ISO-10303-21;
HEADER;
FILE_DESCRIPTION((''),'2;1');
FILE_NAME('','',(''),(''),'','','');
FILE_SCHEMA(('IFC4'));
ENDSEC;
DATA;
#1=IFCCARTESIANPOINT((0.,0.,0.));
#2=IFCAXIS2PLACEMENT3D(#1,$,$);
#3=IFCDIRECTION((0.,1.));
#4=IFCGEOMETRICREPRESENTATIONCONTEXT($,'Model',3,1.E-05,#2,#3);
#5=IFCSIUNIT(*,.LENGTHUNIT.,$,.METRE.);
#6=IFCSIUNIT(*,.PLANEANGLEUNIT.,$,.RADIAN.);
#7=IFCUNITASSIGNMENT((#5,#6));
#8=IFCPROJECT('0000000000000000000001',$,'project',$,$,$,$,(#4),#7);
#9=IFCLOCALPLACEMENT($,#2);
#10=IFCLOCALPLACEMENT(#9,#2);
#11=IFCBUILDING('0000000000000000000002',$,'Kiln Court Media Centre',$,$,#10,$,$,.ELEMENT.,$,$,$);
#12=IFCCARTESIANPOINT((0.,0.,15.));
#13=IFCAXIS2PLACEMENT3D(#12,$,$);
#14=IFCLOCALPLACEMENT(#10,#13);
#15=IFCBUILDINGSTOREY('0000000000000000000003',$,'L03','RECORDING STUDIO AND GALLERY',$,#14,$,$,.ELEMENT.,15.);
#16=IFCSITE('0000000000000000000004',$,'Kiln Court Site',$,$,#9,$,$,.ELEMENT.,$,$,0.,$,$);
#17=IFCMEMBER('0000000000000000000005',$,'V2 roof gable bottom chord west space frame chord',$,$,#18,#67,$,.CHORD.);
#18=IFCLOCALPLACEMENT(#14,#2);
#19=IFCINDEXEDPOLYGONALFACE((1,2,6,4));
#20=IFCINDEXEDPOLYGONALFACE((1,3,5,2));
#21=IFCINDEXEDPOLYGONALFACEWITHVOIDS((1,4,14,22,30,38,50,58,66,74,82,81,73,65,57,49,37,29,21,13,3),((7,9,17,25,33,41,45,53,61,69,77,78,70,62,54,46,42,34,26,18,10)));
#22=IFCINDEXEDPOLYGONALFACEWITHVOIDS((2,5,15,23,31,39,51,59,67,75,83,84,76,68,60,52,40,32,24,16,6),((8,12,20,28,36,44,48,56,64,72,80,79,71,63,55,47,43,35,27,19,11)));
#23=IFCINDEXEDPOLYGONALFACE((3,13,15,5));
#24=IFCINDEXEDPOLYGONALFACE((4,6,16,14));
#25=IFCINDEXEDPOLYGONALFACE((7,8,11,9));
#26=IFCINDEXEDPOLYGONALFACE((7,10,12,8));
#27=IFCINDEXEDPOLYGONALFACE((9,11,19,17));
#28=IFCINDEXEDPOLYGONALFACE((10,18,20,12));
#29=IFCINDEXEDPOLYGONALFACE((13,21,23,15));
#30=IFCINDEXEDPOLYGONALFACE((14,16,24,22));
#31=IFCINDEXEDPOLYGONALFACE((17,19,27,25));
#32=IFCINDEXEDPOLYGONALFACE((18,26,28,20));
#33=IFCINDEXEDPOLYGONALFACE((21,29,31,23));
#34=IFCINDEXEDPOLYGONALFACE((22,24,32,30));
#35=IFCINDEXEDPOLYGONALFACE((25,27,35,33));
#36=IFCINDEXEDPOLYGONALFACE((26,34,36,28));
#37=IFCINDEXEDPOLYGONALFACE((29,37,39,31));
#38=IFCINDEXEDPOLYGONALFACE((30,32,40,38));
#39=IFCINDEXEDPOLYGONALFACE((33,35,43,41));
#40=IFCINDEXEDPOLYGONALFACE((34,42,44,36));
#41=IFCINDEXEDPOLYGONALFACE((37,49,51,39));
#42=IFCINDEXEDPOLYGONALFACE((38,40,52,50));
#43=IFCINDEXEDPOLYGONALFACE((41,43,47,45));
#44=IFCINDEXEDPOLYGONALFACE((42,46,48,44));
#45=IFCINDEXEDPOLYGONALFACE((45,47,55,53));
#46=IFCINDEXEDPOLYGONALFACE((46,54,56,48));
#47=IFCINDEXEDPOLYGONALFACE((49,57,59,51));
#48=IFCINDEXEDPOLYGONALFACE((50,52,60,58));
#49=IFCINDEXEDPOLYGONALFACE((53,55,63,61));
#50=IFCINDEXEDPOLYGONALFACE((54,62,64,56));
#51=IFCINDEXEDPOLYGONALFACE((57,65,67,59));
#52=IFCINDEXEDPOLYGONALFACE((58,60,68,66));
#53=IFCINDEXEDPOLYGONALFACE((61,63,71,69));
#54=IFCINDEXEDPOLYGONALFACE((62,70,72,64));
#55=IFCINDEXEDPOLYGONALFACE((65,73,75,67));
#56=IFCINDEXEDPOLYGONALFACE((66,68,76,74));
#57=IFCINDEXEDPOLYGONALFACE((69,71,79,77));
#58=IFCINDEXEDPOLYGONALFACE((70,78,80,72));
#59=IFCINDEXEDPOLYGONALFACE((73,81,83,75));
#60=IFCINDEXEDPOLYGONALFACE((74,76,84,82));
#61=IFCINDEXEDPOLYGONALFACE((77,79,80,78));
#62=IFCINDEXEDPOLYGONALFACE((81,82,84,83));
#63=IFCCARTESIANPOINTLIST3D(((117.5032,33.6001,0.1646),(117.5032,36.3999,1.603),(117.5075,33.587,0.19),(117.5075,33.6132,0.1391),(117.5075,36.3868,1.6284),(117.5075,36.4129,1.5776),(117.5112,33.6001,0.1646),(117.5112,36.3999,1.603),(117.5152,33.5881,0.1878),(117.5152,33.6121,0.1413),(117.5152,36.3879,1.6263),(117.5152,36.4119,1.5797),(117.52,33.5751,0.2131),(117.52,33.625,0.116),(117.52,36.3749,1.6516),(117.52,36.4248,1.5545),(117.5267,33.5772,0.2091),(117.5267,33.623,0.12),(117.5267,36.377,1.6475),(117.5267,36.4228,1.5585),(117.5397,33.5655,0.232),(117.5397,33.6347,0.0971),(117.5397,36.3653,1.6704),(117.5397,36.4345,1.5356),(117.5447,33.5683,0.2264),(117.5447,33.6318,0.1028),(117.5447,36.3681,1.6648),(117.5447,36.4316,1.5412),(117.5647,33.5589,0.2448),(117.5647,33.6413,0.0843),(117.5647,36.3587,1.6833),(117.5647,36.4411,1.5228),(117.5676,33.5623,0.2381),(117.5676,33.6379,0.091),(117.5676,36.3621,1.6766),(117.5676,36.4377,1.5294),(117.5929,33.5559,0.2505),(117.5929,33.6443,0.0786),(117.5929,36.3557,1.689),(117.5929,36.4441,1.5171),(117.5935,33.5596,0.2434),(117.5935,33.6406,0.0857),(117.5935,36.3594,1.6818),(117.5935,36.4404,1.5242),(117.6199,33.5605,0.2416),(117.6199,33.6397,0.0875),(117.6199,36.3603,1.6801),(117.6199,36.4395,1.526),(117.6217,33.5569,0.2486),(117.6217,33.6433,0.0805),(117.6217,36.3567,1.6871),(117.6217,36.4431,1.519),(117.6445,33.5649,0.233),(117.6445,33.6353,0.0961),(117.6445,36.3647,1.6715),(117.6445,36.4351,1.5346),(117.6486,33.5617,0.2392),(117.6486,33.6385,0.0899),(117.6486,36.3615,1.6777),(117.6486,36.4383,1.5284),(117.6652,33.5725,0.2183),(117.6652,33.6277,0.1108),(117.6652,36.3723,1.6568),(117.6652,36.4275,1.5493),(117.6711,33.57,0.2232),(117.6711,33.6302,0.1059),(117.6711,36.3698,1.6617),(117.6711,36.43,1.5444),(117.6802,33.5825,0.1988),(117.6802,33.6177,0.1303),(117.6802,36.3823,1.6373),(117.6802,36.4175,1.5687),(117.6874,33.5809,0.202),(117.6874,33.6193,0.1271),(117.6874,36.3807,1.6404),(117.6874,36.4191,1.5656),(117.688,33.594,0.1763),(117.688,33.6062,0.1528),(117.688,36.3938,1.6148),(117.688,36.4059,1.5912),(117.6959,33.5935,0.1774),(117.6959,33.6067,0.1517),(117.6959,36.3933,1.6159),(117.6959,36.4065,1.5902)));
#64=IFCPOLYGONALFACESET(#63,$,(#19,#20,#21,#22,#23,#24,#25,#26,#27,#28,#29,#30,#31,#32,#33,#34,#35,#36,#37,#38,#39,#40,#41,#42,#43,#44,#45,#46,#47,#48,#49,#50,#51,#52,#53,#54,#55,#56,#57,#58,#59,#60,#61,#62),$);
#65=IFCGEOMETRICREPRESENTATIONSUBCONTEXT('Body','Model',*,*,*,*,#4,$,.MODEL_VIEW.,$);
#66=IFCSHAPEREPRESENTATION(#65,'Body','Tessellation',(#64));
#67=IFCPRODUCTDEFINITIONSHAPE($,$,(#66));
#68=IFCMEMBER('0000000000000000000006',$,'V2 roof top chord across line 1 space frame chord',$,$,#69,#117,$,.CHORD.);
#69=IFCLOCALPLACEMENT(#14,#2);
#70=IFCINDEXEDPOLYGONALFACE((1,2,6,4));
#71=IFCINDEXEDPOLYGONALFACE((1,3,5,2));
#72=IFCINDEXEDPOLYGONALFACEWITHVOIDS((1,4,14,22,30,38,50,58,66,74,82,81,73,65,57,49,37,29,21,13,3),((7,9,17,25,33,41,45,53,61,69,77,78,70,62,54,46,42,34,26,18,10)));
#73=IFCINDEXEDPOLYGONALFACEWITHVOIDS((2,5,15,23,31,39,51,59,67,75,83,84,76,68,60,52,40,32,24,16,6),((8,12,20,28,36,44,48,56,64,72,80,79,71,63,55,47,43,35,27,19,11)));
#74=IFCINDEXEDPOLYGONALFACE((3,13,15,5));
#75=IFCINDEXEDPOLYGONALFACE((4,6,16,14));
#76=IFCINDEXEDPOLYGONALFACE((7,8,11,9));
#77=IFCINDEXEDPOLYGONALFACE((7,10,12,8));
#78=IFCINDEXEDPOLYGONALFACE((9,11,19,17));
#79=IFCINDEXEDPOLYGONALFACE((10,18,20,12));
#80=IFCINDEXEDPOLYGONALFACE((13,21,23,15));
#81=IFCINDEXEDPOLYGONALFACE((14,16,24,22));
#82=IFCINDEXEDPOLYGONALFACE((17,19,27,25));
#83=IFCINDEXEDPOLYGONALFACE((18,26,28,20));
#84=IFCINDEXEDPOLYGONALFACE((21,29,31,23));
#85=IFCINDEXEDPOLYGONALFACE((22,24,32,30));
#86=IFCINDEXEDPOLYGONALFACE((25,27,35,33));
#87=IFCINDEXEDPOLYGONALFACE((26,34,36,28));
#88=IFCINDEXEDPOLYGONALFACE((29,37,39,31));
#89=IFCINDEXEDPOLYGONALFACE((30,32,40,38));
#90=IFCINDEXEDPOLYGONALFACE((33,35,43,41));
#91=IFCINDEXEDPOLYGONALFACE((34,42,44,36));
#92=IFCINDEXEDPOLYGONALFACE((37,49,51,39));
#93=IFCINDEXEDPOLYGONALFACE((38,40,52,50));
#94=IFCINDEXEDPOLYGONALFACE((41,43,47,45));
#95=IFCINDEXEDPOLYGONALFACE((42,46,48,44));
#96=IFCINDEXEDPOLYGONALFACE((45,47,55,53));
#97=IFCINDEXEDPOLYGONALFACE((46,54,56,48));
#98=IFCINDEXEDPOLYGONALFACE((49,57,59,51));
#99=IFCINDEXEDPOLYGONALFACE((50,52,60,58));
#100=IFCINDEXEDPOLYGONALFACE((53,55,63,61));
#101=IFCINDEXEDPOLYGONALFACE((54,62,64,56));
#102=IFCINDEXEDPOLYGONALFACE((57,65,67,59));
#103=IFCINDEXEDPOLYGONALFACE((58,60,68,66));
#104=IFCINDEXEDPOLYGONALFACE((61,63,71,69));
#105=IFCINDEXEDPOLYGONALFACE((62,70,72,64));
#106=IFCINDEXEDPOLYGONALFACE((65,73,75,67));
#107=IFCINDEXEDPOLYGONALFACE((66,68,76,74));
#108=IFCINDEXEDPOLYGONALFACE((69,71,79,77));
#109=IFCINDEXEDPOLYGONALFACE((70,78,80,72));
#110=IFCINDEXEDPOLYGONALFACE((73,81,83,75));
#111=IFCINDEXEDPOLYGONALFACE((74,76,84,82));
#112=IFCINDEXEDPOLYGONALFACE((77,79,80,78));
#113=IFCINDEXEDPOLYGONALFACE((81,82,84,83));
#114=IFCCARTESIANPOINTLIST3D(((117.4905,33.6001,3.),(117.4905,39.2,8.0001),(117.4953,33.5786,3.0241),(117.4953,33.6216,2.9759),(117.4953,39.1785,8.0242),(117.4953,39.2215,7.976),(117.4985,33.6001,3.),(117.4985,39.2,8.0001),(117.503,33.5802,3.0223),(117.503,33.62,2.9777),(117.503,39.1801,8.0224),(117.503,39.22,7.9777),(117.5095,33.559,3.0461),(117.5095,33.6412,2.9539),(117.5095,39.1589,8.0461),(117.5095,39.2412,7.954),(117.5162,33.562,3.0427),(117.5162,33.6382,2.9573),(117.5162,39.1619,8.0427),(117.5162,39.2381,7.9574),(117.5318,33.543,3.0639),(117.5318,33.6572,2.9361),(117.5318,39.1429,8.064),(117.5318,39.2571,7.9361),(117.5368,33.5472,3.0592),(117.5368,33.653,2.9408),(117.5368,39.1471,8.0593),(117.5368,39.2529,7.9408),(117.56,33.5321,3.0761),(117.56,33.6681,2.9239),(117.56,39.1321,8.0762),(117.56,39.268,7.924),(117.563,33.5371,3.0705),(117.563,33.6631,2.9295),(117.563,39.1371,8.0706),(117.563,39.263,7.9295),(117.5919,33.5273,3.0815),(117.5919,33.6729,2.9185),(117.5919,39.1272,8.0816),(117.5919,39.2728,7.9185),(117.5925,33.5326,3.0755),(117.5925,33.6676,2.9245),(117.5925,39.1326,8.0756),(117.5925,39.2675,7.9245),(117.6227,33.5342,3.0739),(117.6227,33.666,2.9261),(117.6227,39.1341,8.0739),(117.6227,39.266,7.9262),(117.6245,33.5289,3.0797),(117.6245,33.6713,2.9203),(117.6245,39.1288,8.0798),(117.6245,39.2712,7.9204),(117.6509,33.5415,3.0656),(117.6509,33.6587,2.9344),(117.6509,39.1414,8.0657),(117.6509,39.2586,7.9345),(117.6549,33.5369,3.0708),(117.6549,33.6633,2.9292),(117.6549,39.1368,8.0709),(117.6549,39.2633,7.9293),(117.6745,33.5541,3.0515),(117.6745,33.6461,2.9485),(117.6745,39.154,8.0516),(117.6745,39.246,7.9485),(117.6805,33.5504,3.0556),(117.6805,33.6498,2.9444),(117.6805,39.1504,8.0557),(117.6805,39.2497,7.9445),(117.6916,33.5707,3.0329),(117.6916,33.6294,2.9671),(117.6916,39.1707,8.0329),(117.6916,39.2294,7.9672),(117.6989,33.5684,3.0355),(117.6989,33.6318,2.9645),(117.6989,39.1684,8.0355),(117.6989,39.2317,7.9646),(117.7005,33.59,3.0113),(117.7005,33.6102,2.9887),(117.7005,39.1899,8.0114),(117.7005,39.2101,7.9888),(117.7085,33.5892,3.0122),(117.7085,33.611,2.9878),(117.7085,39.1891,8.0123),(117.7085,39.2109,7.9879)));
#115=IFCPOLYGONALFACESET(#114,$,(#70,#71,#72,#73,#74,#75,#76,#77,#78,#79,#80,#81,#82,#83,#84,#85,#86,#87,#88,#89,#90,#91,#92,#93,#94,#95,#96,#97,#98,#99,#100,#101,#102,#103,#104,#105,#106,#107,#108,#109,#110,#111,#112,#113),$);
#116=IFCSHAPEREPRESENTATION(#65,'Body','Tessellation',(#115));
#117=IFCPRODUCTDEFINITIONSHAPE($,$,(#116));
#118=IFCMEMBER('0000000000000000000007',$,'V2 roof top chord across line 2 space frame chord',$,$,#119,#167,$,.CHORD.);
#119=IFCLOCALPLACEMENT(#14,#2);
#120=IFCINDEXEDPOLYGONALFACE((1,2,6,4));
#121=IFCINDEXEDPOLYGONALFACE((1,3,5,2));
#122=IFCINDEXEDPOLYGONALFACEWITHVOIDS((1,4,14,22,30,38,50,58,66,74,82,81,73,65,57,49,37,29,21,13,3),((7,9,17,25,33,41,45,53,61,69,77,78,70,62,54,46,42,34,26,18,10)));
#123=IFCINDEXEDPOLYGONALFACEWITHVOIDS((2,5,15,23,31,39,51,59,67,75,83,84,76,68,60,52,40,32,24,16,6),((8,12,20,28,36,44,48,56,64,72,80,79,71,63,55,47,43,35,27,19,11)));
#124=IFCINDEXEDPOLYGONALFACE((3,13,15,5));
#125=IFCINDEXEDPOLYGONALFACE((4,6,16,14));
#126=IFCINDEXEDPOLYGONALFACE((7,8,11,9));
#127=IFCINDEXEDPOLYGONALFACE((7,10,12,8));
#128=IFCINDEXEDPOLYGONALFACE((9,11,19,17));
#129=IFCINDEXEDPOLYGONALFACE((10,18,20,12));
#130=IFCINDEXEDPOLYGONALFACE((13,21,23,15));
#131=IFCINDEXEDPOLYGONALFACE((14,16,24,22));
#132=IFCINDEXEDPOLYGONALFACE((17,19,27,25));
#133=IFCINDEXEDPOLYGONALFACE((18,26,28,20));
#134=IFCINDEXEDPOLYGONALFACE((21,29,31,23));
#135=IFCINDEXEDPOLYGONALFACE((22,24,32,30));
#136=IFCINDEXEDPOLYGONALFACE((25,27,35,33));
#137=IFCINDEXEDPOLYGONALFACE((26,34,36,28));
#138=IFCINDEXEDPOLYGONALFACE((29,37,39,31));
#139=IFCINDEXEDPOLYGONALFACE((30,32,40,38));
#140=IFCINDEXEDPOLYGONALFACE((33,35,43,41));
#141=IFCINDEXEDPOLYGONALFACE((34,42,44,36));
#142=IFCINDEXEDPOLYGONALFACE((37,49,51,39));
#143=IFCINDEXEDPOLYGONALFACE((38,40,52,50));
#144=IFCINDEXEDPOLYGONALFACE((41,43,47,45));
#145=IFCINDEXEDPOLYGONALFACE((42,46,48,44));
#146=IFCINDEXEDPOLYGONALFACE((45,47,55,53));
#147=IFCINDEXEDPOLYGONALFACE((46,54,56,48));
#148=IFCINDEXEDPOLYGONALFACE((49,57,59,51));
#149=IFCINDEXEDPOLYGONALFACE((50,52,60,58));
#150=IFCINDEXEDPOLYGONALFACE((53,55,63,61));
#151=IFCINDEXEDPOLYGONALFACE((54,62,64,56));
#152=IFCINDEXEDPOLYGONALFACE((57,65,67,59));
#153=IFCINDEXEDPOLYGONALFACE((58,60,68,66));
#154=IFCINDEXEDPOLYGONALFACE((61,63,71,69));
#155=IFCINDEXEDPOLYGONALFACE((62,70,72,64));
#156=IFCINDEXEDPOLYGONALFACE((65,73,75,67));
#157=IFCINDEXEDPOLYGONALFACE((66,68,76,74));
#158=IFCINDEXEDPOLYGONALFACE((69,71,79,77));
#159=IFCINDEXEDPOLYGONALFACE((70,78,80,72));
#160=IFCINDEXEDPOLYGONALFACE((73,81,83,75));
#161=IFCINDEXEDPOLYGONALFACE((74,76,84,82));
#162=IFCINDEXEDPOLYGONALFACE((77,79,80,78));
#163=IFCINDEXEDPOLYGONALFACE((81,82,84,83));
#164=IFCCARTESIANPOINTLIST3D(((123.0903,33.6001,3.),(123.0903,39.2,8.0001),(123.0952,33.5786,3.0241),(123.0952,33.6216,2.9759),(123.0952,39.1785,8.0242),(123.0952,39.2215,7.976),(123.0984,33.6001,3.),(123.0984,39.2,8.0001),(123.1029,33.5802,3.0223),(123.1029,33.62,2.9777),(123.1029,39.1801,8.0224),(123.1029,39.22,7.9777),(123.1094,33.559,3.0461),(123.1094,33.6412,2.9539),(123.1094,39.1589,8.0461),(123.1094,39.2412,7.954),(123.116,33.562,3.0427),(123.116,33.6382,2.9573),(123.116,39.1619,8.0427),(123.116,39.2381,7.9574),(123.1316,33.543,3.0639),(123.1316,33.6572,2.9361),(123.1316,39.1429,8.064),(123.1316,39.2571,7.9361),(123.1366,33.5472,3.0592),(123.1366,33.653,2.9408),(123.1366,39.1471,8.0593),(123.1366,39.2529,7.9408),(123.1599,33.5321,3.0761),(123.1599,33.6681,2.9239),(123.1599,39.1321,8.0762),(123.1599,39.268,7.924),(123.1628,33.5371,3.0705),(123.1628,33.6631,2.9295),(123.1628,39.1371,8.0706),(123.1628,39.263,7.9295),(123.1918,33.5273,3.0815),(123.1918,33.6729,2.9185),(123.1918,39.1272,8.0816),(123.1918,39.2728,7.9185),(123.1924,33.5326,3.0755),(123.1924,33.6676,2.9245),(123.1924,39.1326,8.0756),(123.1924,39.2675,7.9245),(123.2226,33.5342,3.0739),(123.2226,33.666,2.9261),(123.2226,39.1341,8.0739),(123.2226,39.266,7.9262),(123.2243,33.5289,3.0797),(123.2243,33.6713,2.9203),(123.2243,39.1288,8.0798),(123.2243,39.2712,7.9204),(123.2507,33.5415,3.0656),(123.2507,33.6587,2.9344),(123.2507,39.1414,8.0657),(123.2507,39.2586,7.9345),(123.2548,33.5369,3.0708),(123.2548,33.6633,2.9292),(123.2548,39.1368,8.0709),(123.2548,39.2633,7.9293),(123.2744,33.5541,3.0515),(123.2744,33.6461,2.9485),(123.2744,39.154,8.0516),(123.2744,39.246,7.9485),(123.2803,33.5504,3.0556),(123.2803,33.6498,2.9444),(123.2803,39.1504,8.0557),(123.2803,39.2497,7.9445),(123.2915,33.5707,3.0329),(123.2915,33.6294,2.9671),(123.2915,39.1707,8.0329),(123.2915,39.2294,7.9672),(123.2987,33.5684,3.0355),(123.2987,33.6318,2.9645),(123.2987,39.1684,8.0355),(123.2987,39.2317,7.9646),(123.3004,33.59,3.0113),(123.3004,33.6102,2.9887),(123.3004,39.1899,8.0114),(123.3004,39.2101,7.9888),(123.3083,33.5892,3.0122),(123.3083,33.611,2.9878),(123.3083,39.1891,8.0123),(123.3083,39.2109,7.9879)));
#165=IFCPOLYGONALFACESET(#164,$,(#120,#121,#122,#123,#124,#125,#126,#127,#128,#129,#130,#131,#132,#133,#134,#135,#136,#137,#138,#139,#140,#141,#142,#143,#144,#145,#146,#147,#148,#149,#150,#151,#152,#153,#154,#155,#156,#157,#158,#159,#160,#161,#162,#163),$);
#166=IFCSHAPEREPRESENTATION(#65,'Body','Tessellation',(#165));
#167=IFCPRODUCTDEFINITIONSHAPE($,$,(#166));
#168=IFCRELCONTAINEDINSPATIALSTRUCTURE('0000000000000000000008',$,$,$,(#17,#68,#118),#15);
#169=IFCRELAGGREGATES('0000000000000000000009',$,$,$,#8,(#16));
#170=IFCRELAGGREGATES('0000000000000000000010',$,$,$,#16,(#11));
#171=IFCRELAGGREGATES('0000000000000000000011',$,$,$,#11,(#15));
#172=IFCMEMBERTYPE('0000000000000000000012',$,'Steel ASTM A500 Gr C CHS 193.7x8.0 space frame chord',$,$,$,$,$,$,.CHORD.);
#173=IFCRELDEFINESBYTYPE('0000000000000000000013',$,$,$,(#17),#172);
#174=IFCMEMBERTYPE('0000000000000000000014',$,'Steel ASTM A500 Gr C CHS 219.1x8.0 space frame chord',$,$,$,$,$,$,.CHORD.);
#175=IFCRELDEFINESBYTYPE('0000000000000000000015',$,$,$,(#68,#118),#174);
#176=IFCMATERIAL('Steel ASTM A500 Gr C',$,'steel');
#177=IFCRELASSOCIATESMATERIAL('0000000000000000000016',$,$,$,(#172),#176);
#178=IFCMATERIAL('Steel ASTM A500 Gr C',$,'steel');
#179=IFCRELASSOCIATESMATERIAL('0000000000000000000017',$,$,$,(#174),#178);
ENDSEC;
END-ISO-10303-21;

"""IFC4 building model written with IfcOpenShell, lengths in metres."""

from ifc_helpers import new_model, si_unit, direction, frame, origin, origin_2d, place, context, subcontext, project, spatial, hollow_circle, extrude, material, material_profile, profile_set, type_object, element, save


model = new_model("IFC4")

# Units and contexts
model_context = context("Model", 3, precision=1e-05, world=origin(), true_north=direction((0.0, 1.0)))
body_context = subcontext(model_context, "Body", "Model", "MODEL_VIEW")
ifc_project = project(units=[si_unit("LENGTHUNIT", "METRE"), si_unit("PLANEANGLEUNIT", "RADIAN")], contexts=[model_context])

# Site, building, storey
site_placement = place(None, origin())
site = spatial("IfcSite", under=ifc_project, at=site_placement, Name="Kiln Court Site", CompositionType="ELEMENT", RefElevation=0.0)
building_placement = place(site_placement, origin())
building = spatial("IfcBuilding", under=site, at=building_placement, Name="Kiln Court Media Centre", CompositionType="ELEMENT")
storey_placement = place(building_placement, frame((0.0, 0.0, 15.0)))
storey = spatial("IfcBuildingStorey", under=building, at=storey_placement, Name="L03", Description="RECORDING STUDIO AND GALLERY", CompositionType="ELEMENT", Elevation=15.0)

# Members
ifc_material_1 = material(Name="Steel ASTM A500 Gr C", Category="steel")
ifc_material_profile_1 = material_profile(ifc_material_1, hollow_circle(Radius=0.0969, WallThickness=0.0081, at=origin_2d()), Name="CHS 193.7x8.0")
ifc_profile_set_1 = profile_set([ifc_material_profile_1], Name="Steel ASTM A500 Gr C")
member_type_1 = type_object("IfcMemberType", Name="Steel ASTM A500 Gr C CHS 193.7x8.0 space frame chord", PredefinedType="CHORD", material=ifc_profile_set_1)
member_1_placement = place(storey_placement, frame((117.6001, 33.6001, 0.1646), z_axis=(0.0, 0.889472, 0.45699), x_axis=(-1.0, 0.0, 0.0)))
element("IfcMember", 1, at=member_1_placement, inside=storey, type_object=member_type_1, Name="V2 roof gable bottom chord west space frame chord", PredefinedType="CHORD", context=body_context, shape_type="SweptSolid", body=[
    extrude(hollow_circle(Radius=0.0969, WallThickness=0.0081, at=origin_2d()), origin(), (0.0, 0.0, 1.0), 3.1477),
])
ifc_material_2 = material(Name="Steel ASTM A500 Gr C", Category="steel")
ifc_material_profile_2 = material_profile(ifc_material_2, hollow_circle(Radius=0.1096, WallThickness=0.0081, at=origin_2d()), Name="CHS 219.1x8.0")
ifc_profile_set_2 = profile_set([ifc_material_profile_2], Name="Steel ASTM A500 Gr C")
member_type_2 = type_object("IfcMemberType", Name="Steel ASTM A500 Gr C CHS 219.1x8.0 space frame chord", PredefinedType="CHORD", material=ifc_profile_set_2)
for number, where, z_axis, x_axis, name in (
    (2, (117.6001, 33.6001, 3.0), (0.0, 0.745929, 0.666025), (-1.0, 0.0, 0.0), "V2 roof top chord across line 1 space frame chord"),
    (3, (123.2, 33.6001, 3.0), (0.0, 0.745929, 0.666025), (-1.0, 0.0, 0.0), "V2 roof top chord across line 2 space frame chord"),
):
    element("IfcMember", number, at=place(storey_placement, frame(where, z_axis=z_axis, x_axis=x_axis)), inside=storey, type_object=member_type_2, Name=name, PredefinedType="CHORD", context=body_context, shape_type="SweptSolid", body=[
        extrude(hollow_circle(Radius=0.1096, WallThickness=0.0081, at=origin_2d()), origin(), (0.0, 0.0, 1.0), 7.5073),
    ])

save(model, "model.ifc")
